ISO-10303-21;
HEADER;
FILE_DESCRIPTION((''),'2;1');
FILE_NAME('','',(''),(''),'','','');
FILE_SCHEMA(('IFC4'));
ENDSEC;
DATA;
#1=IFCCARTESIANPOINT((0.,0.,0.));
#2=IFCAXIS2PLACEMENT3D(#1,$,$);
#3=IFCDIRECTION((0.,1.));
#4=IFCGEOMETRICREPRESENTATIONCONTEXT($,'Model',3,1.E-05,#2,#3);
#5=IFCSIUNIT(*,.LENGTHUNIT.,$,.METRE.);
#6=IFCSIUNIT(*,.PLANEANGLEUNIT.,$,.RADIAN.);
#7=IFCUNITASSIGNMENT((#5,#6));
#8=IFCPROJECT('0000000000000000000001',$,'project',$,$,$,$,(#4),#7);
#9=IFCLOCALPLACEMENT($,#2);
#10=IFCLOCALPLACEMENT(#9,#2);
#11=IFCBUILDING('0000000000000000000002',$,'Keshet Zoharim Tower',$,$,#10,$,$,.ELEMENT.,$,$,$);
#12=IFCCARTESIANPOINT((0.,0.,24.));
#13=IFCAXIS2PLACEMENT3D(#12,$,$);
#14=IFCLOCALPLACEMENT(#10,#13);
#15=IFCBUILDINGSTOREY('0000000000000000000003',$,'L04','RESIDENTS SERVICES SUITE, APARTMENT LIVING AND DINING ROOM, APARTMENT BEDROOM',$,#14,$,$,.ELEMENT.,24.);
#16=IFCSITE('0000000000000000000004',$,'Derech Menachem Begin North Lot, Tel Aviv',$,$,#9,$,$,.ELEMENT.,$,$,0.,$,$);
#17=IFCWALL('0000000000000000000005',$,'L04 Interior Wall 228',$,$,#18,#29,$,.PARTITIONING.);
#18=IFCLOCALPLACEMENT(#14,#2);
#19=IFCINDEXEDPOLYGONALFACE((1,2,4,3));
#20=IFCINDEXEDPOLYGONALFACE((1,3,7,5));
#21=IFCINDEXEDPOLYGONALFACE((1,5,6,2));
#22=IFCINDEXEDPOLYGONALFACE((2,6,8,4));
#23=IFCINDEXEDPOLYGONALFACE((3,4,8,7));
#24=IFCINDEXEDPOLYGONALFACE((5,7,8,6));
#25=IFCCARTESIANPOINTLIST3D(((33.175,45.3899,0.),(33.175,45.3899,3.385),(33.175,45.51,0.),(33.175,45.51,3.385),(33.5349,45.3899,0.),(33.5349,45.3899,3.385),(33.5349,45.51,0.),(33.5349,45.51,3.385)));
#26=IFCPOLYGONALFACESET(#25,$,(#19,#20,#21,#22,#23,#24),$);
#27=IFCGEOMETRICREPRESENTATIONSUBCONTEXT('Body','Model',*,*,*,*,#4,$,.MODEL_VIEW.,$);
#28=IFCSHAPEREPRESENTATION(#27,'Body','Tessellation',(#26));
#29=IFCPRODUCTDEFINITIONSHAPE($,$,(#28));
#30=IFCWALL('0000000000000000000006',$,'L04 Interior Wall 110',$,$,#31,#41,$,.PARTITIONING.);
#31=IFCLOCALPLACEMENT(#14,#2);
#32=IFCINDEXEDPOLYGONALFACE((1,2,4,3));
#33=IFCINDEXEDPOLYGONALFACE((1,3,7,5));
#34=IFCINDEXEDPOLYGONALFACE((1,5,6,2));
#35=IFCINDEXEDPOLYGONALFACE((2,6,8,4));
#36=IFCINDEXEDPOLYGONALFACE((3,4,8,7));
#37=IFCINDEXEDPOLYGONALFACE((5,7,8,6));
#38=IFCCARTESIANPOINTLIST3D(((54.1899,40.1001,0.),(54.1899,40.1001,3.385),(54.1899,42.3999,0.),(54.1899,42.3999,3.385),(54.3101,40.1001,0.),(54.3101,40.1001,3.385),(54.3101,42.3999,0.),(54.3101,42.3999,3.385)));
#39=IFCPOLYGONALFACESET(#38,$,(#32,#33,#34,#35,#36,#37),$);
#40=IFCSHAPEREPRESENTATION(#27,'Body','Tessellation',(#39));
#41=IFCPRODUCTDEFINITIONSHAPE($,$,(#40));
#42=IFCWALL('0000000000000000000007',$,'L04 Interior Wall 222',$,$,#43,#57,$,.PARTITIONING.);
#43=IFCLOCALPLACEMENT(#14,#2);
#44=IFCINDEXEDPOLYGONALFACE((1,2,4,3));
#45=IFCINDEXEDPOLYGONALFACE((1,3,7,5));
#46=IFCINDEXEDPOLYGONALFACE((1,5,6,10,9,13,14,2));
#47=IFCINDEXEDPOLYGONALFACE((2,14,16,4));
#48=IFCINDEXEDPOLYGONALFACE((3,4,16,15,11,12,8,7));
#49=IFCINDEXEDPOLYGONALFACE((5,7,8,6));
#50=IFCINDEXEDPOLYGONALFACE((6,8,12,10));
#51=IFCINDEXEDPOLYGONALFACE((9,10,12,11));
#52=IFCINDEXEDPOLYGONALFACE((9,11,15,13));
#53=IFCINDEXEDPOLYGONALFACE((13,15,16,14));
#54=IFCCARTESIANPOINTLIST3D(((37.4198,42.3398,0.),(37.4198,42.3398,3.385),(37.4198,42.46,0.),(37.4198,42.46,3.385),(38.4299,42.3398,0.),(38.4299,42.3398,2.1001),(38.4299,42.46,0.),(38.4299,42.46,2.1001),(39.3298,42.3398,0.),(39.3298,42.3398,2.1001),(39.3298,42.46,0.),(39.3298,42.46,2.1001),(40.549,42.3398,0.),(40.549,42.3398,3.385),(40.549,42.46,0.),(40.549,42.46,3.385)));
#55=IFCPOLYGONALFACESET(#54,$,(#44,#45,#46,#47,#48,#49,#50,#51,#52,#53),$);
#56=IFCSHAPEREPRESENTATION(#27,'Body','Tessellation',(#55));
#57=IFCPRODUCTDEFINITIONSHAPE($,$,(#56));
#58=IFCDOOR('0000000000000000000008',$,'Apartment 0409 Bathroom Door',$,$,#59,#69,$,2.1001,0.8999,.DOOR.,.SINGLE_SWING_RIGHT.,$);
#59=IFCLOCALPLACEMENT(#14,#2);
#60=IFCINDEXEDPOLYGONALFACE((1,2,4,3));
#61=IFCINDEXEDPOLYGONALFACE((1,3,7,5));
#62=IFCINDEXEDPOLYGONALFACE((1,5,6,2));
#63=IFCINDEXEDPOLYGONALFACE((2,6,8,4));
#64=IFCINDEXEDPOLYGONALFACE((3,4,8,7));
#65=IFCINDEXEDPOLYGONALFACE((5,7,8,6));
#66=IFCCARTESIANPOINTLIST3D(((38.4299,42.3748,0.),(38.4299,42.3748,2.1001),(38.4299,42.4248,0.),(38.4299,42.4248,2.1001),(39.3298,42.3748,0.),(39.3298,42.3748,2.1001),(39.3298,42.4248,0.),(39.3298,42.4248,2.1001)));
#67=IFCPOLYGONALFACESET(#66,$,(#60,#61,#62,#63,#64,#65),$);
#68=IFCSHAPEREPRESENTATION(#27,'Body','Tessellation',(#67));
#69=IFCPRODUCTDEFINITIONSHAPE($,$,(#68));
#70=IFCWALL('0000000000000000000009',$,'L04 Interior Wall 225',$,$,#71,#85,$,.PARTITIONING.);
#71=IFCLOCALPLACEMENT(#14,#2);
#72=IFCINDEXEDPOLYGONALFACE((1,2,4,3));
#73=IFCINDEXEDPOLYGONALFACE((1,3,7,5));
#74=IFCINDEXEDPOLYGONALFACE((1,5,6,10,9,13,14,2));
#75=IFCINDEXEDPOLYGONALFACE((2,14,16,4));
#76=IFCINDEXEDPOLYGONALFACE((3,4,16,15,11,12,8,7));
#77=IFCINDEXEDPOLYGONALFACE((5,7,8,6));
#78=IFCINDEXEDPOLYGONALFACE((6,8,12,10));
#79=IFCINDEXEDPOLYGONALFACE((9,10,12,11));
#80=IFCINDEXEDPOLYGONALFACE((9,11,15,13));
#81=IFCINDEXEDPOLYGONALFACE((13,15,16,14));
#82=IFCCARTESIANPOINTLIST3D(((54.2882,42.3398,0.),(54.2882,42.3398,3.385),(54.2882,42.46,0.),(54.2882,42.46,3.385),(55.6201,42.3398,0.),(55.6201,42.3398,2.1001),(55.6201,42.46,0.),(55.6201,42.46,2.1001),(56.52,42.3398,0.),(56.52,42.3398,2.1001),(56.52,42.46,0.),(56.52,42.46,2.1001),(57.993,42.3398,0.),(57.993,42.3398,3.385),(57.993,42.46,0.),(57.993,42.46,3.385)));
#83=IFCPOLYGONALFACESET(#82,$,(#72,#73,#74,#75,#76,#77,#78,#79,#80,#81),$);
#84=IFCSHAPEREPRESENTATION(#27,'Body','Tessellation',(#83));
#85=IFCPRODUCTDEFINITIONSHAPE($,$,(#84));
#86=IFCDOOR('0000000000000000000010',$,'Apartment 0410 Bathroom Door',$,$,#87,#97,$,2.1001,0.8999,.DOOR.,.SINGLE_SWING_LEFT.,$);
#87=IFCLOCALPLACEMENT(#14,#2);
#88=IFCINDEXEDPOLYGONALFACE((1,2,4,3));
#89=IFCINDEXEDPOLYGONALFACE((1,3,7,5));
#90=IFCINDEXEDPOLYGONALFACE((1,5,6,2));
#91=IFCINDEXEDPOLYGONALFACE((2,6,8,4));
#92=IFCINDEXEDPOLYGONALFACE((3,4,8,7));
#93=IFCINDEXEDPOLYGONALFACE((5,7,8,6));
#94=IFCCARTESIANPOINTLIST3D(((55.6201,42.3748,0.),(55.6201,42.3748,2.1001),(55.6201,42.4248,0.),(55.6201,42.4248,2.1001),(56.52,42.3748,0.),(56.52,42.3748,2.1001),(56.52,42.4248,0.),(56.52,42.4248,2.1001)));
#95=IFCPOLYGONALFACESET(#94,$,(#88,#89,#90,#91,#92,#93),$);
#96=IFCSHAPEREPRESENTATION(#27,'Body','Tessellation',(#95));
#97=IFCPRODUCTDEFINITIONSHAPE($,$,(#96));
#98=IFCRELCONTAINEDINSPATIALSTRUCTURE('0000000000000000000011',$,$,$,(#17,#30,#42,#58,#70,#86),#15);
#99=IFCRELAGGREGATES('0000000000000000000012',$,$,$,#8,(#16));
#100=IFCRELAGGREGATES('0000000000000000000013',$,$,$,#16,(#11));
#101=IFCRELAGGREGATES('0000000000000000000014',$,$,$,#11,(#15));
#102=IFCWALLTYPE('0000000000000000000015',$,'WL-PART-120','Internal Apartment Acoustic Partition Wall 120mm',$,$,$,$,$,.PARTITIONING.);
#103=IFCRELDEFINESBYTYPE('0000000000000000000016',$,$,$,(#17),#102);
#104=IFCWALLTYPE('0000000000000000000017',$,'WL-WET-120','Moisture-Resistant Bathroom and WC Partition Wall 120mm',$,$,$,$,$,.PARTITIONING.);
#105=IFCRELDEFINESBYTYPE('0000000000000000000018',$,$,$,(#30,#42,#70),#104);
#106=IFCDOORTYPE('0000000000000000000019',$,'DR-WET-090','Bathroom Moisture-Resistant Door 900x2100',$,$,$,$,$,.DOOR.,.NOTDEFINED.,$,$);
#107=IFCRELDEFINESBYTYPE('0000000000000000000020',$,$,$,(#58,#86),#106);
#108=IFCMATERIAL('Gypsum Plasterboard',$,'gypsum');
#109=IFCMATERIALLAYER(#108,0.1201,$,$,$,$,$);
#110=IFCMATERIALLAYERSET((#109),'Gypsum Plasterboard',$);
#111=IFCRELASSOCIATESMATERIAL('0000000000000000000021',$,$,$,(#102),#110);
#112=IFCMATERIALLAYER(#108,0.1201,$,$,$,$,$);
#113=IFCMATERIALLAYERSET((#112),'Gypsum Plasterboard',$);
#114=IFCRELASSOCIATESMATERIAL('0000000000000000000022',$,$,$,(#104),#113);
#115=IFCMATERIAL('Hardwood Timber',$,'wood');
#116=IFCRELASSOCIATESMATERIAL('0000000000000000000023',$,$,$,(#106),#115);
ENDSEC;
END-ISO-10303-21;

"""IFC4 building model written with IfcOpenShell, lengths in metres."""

from ifc_helpers import new_model, si_unit, direction, frame, frame_2d, origin, place, context, subcontext, project, spatial, rectangle, extrude, material, layer, layer_set, type_object, element, fill, save


model = new_model("IFC4")

# Units and contexts
model_context = context("Model", 3, precision=1e-05, world=origin(), true_north=direction((0.0, 1.0)))
body_context = subcontext(model_context, "Body", "Model", "MODEL_VIEW")
ifc_project = project(units=[si_unit("LENGTHUNIT", "METRE"), si_unit("PLANEANGLEUNIT", "RADIAN")], contexts=[model_context])

# Site, building, storey
site_placement = place(None, origin())
site = spatial("IfcSite", under=ifc_project, at=site_placement, Name="Derech Menachem Begin North Lot, Tel Aviv", CompositionType="ELEMENT", RefElevation=0.0)
building_placement = place(site_placement, origin())
building = spatial("IfcBuilding", under=site, at=building_placement, Name="Keshet Zoharim Tower", CompositionType="ELEMENT")
storey_placement = place(building_placement, frame((0.0, 0.0, 24.0)))
storey = spatial("IfcBuildingStorey", under=building, at=storey_placement, Name="L04", Description="RESIDENTS SERVICES SUITE, APARTMENT LIVING AND DINING ROOM, APARTMENT BEDROOM", CompositionType="ELEMENT", Elevation=24.0)

# Shared definitions
ifc_material_1 = material(Name="Gypsum Plasterboard", Category="gypsum")

# Shared definitions
ifc_material_2 = material(Name="Hardwood Timber", Category="wood")

# Shared definitions
ifc_layer_1 = layer(ifc_material_1, 0.1201)
ifc_layer_set_1 = layer_set([ifc_layer_1], Name="Gypsum Plasterboard")
wall_type_1 = type_object("IfcWallType", Name="WL-PART-120", Description="Internal Apartment Acoustic Partition Wall 120mm", PredefinedType="PARTITIONING", material=ifc_layer_set_1)

# Walls
wall_1_placement = place(storey_placement, frame((33.175, 45.45, 0.0), z_axis=(0.0, 0.0, 1.0), x_axis=(1.0, 0.0, 0.0)))
element("IfcWall", 1, at=wall_1_placement, inside=storey, type_object=wall_type_1, Name="L04 Interior Wall 228", PredefinedType="PARTITIONING", context=body_context, shape_type="SweptSolid", body=[
    extrude(rectangle(XDim=0.3599, YDim=0.1201, at=frame_2d((0.1799, 0.0))), origin(), (0.0, 0.0, 1.0), 3.385),
])
ifc_layer_2 = layer(ifc_material_1, 0.1201)
ifc_layer_set_2 = layer_set([ifc_layer_2], Name="Gypsum Plasterboard")
wall_type_2 = type_object("IfcWallType", Name="WL-WET-120", Description="Moisture-Resistant Bathroom and WC Partition Wall 120mm", PredefinedType="PARTITIONING", material=ifc_layer_set_2)
wall_2_placement = place(storey_placement, frame((54.25, 40.1001, 0.0), z_axis=(0.0, 0.0, 1.0), x_axis=(0.0, 1.0, 0.0)))
element("IfcWall", 2, at=wall_2_placement, inside=storey, type_object=wall_type_2, Name="L04 Interior Wall 110", PredefinedType="PARTITIONING", context=body_context, shape_type="SweptSolid", body=[
    extrude(rectangle(XDim=2.2998, YDim=0.1201, at=frame_2d((1.1499, 0.0))), origin(), (0.0, 0.0, 1.0), 3.385),
])

# Walls, openings, doors
wall_3_placement = place(storey_placement, frame((37.4199, 42.3999, 0.0), z_axis=(0.0, 0.0, 1.0), x_axis=(1.0, 0.0, 0.0)))
wall_3 = element("IfcWall", 3, at=wall_3_placement, inside=storey, type_object=wall_type_2, Name="L04 Interior Wall 222", PredefinedType="PARTITIONING", context=body_context, shape_type="SweptSolid", body=[
    extrude(rectangle(XDim=3.1292, YDim=0.1201, at=frame_2d((1.5645, 0.0))), origin(), (0.0, 0.0, 1.0), 3.385),
])
opening_1_placement = place(wall_3_placement, frame((1.01, 0.0, 0.0)))
opening_1 = element("IfcOpeningElement", 4, at=opening_1_placement, cuts=wall_3, PredefinedType="OPENING", context=body_context, shape_type="SweptSolid", body=[
    extrude(rectangle(XDim=0.8999, YDim=2.1001, at=frame_2d((0.45, 1.05))), frame((0.0, 0.0701, 0.0), z_axis=(0.0, -1.0, 0.0), x_axis=(1.0, 0.0, 0.0)), (0.0, 0.0, 1.0), 0.1401),
])
door_type_1 = type_object("IfcDoorType", Name="DR-WET-090", Description="Bathroom Moisture-Resistant Door 900x2100", OperationType="NOTDEFINED", PredefinedType="DOOR", material=ifc_material_2)
door_1_placement = place(opening_1_placement, origin())
door_1 = element("IfcDoor", 5, at=door_1_placement, inside=storey, type_object=door_type_1, Name="Apartment 0409 Bathroom Door", OperationType="SINGLE_SWING_RIGHT", OverallHeight=2.1001, OverallWidth=0.8999, PredefinedType="DOOR", context=body_context, shape_type="SweptSolid", body=[
    extrude(rectangle(XDim=0.8999, YDim=2.1001, at=frame_2d((0.45, 1.05))), frame((0.0, 0.0249, 0.0), z_axis=(0.0, -1.0, 0.0), x_axis=(1.0, 0.0, 0.0)), (0.0, 0.0, 1.0), 0.05),
])
fill(opening_1, door_1)
wall_4_placement = place(storey_placement, frame((54.2881, 42.3999, 0.0), z_axis=(0.0, 0.0, 1.0), x_axis=(1.0, 0.0, 0.0)))
wall_4 = element("IfcWall", 6, at=wall_4_placement, inside=storey, type_object=wall_type_2, Name="L04 Interior Wall 225", PredefinedType="PARTITIONING", context=body_context, shape_type="SweptSolid", body=[
    extrude(rectangle(XDim=3.7048, YDim=0.1201, at=frame_2d((1.8525, 0.0))), origin(), (0.0, 0.0, 1.0), 3.385),
])
opening_2_placement = place(wall_4_placement, frame((1.332, 0.0, 0.0)))
opening_2 = element("IfcOpeningElement", 7, at=opening_2_placement, cuts=wall_4, PredefinedType="OPENING", context=body_context, shape_type="SweptSolid", body=[
    extrude(rectangle(XDim=0.8999, YDim=2.1001, at=frame_2d((0.45, 1.05))), frame((0.0, 0.0701, 0.0), z_axis=(0.0, -1.0, 0.0), x_axis=(1.0, 0.0, 0.0)), (0.0, 0.0, 1.0), 0.1401),
])
door_2_placement = place(opening_2_placement, origin())
door_2 = element("IfcDoor", 8, at=door_2_placement, inside=storey, type_object=door_type_1, Name="Apartment 0410 Bathroom Door", OperationType="SINGLE_SWING_LEFT", OverallHeight=2.1001, OverallWidth=0.8999, PredefinedType="DOOR", context=body_context, shape_type="SweptSolid", body=[
    extrude(rectangle(XDim=0.8999, YDim=2.1001, at=frame_2d((0.45, 1.05))), frame((0.0, 0.0249, 0.0), z_axis=(0.0, -1.0, 0.0), x_axis=(1.0, 0.0, 0.0)), (0.0, 0.0, 1.0), 0.05),
])
fill(opening_2, door_2)

save(model, "model.ifc")
